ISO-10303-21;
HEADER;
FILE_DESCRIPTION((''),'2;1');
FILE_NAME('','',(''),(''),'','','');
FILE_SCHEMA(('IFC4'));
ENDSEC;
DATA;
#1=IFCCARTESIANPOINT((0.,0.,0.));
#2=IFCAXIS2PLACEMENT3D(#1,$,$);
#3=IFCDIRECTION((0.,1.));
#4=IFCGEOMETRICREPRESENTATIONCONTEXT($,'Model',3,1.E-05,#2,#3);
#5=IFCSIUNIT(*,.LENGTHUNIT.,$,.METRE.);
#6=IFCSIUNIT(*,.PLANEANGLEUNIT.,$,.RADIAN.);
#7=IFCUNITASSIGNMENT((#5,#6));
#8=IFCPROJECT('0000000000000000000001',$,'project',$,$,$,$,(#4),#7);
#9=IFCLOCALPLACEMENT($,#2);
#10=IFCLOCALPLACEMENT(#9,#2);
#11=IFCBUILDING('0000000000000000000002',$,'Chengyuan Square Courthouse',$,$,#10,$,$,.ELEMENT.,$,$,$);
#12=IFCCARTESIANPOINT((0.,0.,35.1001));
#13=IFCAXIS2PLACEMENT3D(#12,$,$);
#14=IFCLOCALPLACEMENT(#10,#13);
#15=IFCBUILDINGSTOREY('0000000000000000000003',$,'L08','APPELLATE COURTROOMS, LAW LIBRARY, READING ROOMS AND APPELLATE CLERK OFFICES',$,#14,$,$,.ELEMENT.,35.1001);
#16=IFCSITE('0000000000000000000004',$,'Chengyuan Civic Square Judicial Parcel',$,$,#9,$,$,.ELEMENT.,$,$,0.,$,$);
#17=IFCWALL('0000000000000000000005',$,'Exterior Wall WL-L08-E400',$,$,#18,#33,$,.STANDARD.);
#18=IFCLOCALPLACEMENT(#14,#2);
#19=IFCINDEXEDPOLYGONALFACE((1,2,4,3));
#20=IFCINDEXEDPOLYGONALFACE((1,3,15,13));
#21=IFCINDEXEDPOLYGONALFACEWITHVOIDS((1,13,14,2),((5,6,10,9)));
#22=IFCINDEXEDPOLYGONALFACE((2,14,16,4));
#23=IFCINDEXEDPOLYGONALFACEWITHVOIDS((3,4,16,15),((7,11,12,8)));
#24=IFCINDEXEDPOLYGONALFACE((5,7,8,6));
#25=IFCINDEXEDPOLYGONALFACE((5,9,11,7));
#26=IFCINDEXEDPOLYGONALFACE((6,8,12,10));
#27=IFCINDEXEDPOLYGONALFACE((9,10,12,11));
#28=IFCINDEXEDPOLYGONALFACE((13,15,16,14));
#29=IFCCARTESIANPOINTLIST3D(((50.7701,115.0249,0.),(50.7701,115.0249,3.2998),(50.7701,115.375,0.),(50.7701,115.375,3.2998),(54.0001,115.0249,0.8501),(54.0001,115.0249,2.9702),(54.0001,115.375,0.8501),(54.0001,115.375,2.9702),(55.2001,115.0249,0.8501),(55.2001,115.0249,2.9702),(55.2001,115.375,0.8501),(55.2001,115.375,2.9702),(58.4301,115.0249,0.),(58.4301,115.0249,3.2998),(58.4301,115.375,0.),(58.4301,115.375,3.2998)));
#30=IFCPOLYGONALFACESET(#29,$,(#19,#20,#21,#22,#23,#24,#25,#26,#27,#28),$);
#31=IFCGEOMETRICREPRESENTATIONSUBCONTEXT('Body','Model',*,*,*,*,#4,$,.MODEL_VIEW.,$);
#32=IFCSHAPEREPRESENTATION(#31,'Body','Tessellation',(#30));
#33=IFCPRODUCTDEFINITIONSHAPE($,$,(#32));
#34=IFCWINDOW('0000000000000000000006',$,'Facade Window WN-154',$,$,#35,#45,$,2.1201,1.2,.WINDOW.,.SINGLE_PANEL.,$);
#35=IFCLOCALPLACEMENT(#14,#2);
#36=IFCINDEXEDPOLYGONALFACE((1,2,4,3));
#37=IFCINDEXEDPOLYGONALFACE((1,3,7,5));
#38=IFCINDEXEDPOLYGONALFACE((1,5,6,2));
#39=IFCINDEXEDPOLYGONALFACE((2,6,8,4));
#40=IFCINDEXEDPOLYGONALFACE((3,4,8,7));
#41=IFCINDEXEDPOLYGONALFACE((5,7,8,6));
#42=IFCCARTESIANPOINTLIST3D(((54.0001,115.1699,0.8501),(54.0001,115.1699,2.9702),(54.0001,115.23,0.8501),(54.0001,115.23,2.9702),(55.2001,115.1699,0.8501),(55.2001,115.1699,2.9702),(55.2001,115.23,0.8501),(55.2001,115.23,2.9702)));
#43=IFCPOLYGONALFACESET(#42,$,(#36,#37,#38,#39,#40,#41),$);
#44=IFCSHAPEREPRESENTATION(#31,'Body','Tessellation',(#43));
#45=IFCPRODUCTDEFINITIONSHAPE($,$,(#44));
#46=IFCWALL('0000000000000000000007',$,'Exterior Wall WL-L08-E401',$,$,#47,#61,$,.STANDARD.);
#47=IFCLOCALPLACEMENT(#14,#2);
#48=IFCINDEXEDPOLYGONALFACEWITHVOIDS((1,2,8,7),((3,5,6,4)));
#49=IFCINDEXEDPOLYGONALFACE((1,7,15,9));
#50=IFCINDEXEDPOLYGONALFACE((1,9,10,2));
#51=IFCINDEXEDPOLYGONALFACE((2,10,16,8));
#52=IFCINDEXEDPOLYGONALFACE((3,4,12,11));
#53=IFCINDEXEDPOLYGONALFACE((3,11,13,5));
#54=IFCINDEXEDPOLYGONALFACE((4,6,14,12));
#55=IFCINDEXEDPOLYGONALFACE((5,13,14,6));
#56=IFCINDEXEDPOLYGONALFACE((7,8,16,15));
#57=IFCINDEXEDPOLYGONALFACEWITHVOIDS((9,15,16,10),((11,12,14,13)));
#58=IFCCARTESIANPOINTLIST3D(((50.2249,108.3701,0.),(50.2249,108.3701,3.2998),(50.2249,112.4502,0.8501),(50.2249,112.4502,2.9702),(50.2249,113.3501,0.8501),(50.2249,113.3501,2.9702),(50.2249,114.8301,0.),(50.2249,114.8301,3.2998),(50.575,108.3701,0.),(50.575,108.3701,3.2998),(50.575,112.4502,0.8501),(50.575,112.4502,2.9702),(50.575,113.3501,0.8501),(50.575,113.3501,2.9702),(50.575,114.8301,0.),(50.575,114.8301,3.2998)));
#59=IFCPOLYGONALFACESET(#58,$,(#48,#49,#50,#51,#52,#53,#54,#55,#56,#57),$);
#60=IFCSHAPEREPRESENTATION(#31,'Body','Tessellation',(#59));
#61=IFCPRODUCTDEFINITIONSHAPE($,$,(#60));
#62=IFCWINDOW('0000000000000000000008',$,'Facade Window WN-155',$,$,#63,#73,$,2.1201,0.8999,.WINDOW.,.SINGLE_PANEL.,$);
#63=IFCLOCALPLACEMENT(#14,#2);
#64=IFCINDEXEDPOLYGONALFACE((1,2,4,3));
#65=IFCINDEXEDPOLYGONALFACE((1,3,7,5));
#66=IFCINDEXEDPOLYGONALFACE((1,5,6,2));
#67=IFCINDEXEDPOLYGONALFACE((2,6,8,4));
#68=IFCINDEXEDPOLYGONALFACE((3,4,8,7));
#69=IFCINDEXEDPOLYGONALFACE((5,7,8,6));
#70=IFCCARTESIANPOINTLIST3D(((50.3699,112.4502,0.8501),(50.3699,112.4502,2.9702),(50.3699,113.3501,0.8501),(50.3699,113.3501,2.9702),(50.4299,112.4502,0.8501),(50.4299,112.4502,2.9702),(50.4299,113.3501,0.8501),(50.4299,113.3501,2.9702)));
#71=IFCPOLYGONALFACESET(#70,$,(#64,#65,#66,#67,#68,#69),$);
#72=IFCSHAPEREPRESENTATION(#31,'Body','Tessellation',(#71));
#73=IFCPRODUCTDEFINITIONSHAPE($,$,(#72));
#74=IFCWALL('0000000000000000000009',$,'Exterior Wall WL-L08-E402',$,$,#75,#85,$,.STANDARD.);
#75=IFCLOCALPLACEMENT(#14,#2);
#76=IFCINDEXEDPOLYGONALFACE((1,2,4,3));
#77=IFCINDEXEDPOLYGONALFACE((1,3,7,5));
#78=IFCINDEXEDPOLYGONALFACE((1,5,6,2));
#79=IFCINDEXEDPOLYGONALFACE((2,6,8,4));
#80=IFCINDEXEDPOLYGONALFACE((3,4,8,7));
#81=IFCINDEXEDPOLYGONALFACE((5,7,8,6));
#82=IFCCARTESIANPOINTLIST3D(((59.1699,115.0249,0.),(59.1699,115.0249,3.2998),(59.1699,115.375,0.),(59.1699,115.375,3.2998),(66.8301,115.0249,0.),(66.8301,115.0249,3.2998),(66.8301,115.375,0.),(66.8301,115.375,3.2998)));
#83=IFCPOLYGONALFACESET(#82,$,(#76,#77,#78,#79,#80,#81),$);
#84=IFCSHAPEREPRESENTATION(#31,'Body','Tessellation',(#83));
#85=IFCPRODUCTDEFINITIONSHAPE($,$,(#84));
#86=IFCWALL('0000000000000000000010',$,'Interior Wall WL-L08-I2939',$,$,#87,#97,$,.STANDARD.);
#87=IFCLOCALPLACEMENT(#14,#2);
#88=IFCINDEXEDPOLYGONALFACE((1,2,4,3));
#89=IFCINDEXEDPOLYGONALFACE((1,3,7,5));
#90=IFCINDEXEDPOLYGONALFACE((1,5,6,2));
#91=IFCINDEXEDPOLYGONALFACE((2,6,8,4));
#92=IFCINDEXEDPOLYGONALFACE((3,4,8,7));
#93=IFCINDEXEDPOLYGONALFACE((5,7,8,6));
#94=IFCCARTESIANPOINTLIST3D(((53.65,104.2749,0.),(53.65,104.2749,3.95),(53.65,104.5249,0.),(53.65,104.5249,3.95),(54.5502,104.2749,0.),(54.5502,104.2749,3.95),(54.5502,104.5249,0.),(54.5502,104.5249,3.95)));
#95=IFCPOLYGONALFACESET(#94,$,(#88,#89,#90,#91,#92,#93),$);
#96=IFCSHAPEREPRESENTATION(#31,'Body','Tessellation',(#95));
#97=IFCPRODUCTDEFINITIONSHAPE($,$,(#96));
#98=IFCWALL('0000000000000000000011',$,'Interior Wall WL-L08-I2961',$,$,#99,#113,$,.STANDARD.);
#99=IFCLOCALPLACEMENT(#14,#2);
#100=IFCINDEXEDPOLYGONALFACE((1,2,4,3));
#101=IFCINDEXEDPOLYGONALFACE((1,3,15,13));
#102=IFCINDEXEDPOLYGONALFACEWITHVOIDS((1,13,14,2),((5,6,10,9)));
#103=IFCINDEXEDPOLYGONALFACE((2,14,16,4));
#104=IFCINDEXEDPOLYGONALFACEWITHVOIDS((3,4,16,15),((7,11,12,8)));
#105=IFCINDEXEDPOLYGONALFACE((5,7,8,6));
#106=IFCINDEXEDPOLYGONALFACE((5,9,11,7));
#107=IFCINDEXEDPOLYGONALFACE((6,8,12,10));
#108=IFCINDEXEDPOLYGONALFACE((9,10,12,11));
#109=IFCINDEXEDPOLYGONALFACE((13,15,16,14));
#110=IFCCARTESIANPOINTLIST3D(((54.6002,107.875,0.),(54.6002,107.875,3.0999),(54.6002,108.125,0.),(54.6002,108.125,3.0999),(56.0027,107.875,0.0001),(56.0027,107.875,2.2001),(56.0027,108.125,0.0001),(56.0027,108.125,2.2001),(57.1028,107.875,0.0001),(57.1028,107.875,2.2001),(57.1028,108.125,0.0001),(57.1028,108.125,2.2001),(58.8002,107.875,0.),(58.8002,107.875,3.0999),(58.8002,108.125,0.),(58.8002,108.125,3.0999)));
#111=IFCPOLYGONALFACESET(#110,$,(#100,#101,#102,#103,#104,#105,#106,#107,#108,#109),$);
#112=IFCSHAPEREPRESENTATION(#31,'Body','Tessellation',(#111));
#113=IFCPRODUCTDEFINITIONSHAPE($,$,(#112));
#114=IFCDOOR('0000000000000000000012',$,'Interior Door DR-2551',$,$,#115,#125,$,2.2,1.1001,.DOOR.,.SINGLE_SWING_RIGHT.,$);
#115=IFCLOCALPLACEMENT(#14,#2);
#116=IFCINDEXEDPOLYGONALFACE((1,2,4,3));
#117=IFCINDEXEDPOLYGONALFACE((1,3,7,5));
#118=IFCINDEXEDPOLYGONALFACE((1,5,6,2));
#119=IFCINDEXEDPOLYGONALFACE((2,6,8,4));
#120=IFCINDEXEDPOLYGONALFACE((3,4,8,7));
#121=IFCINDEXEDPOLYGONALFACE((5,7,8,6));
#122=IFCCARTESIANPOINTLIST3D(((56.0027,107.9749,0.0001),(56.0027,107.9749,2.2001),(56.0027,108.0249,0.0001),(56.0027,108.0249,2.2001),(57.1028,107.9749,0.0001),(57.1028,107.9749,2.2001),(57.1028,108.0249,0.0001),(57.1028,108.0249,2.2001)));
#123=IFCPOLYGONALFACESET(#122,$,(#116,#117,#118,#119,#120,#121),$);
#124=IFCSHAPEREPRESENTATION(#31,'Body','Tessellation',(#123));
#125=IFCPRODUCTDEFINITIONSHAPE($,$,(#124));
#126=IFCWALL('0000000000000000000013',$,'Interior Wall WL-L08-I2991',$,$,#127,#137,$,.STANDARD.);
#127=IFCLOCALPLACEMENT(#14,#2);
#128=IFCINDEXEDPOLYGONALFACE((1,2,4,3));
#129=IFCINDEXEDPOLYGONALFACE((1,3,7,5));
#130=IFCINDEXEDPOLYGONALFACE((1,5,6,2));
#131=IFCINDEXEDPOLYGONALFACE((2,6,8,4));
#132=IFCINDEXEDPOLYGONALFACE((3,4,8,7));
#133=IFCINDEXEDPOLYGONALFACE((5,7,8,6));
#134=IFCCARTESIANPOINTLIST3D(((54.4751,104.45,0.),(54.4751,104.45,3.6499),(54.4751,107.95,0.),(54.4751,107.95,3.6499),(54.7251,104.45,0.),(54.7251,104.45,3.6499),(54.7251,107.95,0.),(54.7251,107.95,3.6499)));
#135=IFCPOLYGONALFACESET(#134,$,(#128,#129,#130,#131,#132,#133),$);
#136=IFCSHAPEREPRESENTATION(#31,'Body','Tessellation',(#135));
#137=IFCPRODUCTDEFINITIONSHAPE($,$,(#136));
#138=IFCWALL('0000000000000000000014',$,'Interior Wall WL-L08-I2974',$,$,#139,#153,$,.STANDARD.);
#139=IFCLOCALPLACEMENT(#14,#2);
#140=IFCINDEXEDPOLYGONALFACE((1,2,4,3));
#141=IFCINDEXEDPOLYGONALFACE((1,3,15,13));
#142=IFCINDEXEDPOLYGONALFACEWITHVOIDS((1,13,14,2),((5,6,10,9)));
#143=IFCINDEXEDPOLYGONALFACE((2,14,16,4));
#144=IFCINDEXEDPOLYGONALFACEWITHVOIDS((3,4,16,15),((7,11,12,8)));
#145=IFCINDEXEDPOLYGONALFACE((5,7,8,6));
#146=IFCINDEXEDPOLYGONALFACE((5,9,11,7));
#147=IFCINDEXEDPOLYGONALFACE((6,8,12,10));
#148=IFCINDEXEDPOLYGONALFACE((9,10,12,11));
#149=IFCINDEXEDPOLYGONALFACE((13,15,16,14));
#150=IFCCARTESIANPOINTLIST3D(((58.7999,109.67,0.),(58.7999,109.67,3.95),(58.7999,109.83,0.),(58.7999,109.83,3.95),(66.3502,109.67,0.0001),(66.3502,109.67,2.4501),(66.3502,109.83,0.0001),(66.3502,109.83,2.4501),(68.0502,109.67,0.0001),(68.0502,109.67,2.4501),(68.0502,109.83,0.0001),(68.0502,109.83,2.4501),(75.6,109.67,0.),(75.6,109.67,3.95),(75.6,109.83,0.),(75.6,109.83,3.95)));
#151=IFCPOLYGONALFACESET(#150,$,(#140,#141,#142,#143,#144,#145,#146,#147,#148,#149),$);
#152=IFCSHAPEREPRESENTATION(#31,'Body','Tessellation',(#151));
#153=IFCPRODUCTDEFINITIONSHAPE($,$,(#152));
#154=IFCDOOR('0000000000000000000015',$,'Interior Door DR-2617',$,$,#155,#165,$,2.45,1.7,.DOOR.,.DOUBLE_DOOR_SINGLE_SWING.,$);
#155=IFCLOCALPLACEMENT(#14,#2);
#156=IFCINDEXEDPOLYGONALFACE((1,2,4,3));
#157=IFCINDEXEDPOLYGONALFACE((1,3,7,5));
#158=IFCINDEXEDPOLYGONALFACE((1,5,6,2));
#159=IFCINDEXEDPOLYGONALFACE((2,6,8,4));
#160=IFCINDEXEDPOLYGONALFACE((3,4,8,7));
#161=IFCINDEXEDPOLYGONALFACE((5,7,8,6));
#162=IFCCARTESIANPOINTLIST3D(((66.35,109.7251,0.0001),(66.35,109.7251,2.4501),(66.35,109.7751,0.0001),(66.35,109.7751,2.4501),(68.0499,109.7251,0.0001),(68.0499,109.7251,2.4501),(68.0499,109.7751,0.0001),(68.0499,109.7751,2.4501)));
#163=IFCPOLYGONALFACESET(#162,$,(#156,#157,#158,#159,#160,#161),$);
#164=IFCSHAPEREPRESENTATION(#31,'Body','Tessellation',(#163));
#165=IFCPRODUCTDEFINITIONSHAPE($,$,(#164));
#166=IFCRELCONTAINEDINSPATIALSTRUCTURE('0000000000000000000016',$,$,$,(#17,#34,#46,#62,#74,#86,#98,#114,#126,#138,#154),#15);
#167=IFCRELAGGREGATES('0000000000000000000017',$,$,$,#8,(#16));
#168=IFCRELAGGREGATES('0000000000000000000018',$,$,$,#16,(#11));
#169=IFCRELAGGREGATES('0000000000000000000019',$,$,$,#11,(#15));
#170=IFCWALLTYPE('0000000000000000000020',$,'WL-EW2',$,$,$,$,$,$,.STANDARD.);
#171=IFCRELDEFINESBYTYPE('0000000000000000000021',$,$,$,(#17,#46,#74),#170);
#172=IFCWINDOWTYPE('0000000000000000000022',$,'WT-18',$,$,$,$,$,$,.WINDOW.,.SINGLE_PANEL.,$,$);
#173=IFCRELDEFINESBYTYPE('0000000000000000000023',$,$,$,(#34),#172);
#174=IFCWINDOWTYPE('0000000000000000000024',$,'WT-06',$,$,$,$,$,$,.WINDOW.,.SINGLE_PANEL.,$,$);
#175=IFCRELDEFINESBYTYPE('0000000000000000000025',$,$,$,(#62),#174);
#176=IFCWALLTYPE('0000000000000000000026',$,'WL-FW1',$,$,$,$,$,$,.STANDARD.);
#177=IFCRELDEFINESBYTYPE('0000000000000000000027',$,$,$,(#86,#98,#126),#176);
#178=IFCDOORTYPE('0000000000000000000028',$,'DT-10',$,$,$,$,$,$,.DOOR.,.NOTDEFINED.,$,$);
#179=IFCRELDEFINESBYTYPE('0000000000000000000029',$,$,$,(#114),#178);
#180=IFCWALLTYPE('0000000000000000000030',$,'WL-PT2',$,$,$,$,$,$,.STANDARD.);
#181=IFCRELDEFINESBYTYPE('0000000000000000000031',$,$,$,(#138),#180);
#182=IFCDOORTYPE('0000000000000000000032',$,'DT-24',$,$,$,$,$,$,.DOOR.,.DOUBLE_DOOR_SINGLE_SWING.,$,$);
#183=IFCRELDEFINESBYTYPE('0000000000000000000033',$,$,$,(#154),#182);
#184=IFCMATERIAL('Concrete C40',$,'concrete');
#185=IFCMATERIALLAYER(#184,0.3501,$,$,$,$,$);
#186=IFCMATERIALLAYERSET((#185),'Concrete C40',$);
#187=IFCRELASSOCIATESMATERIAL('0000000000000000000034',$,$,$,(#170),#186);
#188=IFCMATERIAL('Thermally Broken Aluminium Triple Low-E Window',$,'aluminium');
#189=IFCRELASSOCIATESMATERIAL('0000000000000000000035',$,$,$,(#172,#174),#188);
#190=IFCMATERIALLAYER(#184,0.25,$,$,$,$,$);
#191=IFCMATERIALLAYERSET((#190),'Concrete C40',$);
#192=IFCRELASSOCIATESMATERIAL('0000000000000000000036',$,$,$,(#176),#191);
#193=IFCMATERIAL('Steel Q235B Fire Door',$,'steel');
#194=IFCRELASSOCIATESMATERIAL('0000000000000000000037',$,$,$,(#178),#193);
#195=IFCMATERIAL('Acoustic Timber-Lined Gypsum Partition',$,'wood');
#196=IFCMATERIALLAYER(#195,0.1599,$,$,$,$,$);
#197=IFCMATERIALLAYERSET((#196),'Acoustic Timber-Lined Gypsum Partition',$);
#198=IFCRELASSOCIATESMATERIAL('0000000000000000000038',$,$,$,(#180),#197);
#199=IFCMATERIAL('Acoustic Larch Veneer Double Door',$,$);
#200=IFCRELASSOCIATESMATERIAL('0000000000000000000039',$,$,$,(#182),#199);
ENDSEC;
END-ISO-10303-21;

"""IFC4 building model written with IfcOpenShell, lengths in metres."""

from ifc_helpers import new_model, si_unit, direction, frame, frame_2d, origin, place, context, subcontext, project, spatial, rectangle, extrude, material, layer, layer_set, type_object, element, fill, save


model = new_model("IFC4")

# Units and contexts
model_context = context("Model", 3, precision=1e-05, world=origin(), true_north=direction((0.0, 1.0)))
body_context = subcontext(model_context, "Body", "Model", "MODEL_VIEW")
ifc_project = project(units=[si_unit("LENGTHUNIT", "METRE"), si_unit("PLANEANGLEUNIT", "RADIAN")], contexts=[model_context])

# Site, building, storey
site_placement = place(None, origin())
site = spatial("IfcSite", under=ifc_project, at=site_placement, Name="Chengyuan Civic Square Judicial Parcel", CompositionType="ELEMENT", RefElevation=0.0)
building_placement = place(site_placement, origin())
building = spatial("IfcBuilding", under=site, at=building_placement, Name="Chengyuan Square Courthouse", CompositionType="ELEMENT")
storey_placement = place(building_placement, frame((0.0, 0.0, 35.1001)))
storey = spatial("IfcBuildingStorey", under=building, at=storey_placement, Name="L08", Description="APPELLATE COURTROOMS, LAW LIBRARY, READING ROOMS AND APPELLATE CLERK OFFICES", CompositionType="ELEMENT", Elevation=35.1001)

# Shared definitions
ifc_material_1 = material(Name="Concrete C40", Category="concrete")

# Walls, openings, windows
ifc_layer_1 = layer(ifc_material_1, 0.3501)
ifc_layer_set_1 = layer_set([ifc_layer_1], Name="Concrete C40")
wall_type_1 = type_object("IfcWallType", Name="WL-EW2", PredefinedType="STANDARD", material=ifc_layer_set_1)
wall_1_placement = place(storey_placement, frame((50.77, 115.2, 0.0), z_axis=(0.0, 0.0, 1.0), x_axis=(1.0, 0.0, 0.0)))
wall_1 = element("IfcWall", 1, at=wall_1_placement, inside=storey, type_object=wall_type_1, Name="Exterior Wall WL-L08-E400", PredefinedType="STANDARD", context=body_context, shape_type="SweptSolid", body=[
    extrude(rectangle(XDim=7.6599, YDim=0.3501, at=frame_2d((3.8301, 0.0))), origin(), (0.0, 0.0, 1.0), 3.2998),
])
opening_1_placement = place(wall_1_placement, frame((3.23, 0.0, 0.8501)))
opening_1 = element("IfcOpeningElement", 2, at=opening_1_placement, cuts=wall_1, PredefinedType="OPENING", context=body_context, shape_type="SweptSolid", body=[
    extrude(rectangle(XDim=1.2, YDim=2.1201, at=frame_2d((0.6001, 1.0601))), frame((0.0, 0.187, 0.0), z_axis=(0.0, -1.0, 0.0), x_axis=(1.0, 0.0, 0.0)), (0.0, 0.0, 1.0), 0.374),
])
ifc_material_2 = material(Name="Thermally Broken Aluminium Triple Low-E Window", Category="aluminium")
window_type_1 = type_object("IfcWindowType", Name="WT-18", PartitioningType="SINGLE_PANEL", PredefinedType="WINDOW", material=ifc_material_2)
window_1_placement = place(opening_1_placement, origin())
window_1 = element("IfcWindow", 3, at=window_1_placement, inside=storey, type_object=window_type_1, Name="Facade Window WN-154", OverallHeight=2.1201, OverallWidth=1.2, PartitioningType="SINGLE_PANEL", PredefinedType="WINDOW", context=body_context, shape_type="SweptSolid", body=[
    extrude(rectangle(XDim=1.2, YDim=2.1201, at=frame_2d((0.6001, 1.0601))), frame((0.0, 0.03, 0.0), z_axis=(0.0, -1.0, 0.0), x_axis=(1.0, 0.0, 0.0)), (0.0, 0.0, 1.0), 0.0601),
])
fill(opening_1, window_1)
wall_2_placement = place(storey_placement, frame((50.3999, 108.3701, 0.0), z_axis=(0.0, 0.0, 1.0), x_axis=(0.0, 1.0, 0.0)))
wall_2 = element("IfcWall", 4, at=wall_2_placement, inside=storey, type_object=wall_type_1, Name="Exterior Wall WL-L08-E401", PredefinedType="STANDARD", context=body_context, shape_type="SweptSolid", body=[
    extrude(rectangle(XDim=6.46, YDim=0.3501, at=frame_2d((3.23, 0.0))), origin(), (0.0, 0.0, 1.0), 3.2998),
])
opening_2_placement = place(wall_2_placement, frame((4.0801, 0.0, 0.8501)))
opening_2 = element("IfcOpeningElement", 5, at=opening_2_placement, cuts=wall_2, PredefinedType="OPENING", context=body_context, shape_type="SweptSolid", body=[
    extrude(rectangle(XDim=0.8999, YDim=2.1201, at=frame_2d((0.45, 1.0601))), frame((0.0, 0.187, 0.0), z_axis=(0.0, -1.0, 0.0), x_axis=(1.0, 0.0, 0.0)), (0.0, 0.0, 1.0), 0.374),
])
window_type_2 = type_object("IfcWindowType", Name="WT-06", PartitioningType="SINGLE_PANEL", PredefinedType="WINDOW", material=ifc_material_2)
window_2_placement = place(opening_2_placement, origin())
window_2 = element("IfcWindow", 6, at=window_2_placement, inside=storey, type_object=window_type_2, Name="Facade Window WN-155", OverallHeight=2.1201, OverallWidth=0.8999, PartitioningType="SINGLE_PANEL", PredefinedType="WINDOW", context=body_context, shape_type="SweptSolid", body=[
    extrude(rectangle(XDim=0.8999, YDim=2.1201, at=frame_2d((0.45, 1.0601))), frame((0.0, 0.03, 0.0), z_axis=(0.0, -1.0, 0.0), x_axis=(1.0, 0.0, 0.0)), (0.0, 0.0, 1.0), 0.0601),
])
fill(opening_2, window_2)

# Walls
wall_3_placement = place(storey_placement, frame((59.1699, 115.2, 0.0), z_axis=(0.0, 0.0, 1.0), x_axis=(1.0, 0.0, 0.0)))
element("IfcWall", 7, at=wall_3_placement, inside=storey, type_object=wall_type_1, Name="Exterior Wall WL-L08-E402", PredefinedType="STANDARD", context=body_context, shape_type="SweptSolid", body=[
    extrude(rectangle(XDim=7.6602, YDim=0.3501, at=frame_2d((3.8301, 0.0))), origin(), (0.0, 0.0, 1.0), 3.2998),
])
ifc_layer_2 = layer(ifc_material_1, 0.25)
ifc_layer_set_2 = layer_set([ifc_layer_2], Name="Concrete C40")
wall_type_2 = type_object("IfcWallType", Name="WL-FW1", PredefinedType="STANDARD", material=ifc_layer_set_2)
wall_4_placement = place(storey_placement, frame((53.6499, 104.3999, 0.0), z_axis=(0.0, 0.0, 1.0), x_axis=(1.0, 0.0, 0.0)))
element("IfcWall", 8, at=wall_4_placement, inside=storey, type_object=wall_type_2, Name="Interior Wall WL-L08-I2939", PredefinedType="STANDARD", context=body_context, shape_type="SweptSolid", body=[
    extrude(rectangle(XDim=0.9001, YDim=0.25, at=frame_2d((0.4502, 0.0))), origin(), (0.0, 0.0, 1.0), 3.95),
])

# Wall, opening, door
wall_5_placement = place(storey_placement, frame((54.6001, 108.0, 0.0), z_axis=(0.0, 0.0, 1.0), x_axis=(1.0, 0.0, 0.0)))
wall_5 = element("IfcWall", 9, at=wall_5_placement, inside=storey, type_object=wall_type_2, Name="Interior Wall WL-L08-I2961", PredefinedType="STANDARD", context=body_context, shape_type="SweptSolid", body=[
    extrude(rectangle(XDim=4.2, YDim=0.25, at=frame_2d((2.1001, 0.0))), origin(), (0.0, 0.0, 1.0), 3.0999),
])
opening_3_placement = place(wall_5_placement, frame((1.4026, 0.0, 0.0)))
opening_3 = element("IfcOpeningElement", 10, at=opening_3_placement, cuts=wall_5, PredefinedType="OPENING", context=body_context, shape_type="SweptSolid", body=[
    extrude(rectangle(XDim=1.1001, YDim=2.2, at=frame_2d((0.55, 1.1001))), frame((0.0, 0.137, 0.0), z_axis=(0.0, -1.0, 0.0), x_axis=(1.0, 0.0, 0.0)), (0.0, 0.0, 1.0), 0.2739),
])
ifc_material_3 = material(Name="Steel Q235B Fire Door", Category="steel")
door_type_1 = type_object("IfcDoorType", Name="DT-10", OperationType="NOTDEFINED", PredefinedType="DOOR", material=ifc_material_3)
door_1_placement = place(opening_3_placement, origin())
door_1 = element("IfcDoor", 11, at=door_1_placement, inside=storey, type_object=door_type_1, Name="Interior Door DR-2551", OperationType="SINGLE_SWING_RIGHT", OverallHeight=2.2, OverallWidth=1.1001, PredefinedType="DOOR", context=body_context, shape_type="SweptSolid", body=[
    extrude(rectangle(XDim=1.1001, YDim=2.2, at=frame_2d((0.55, 1.1001))), frame((0.0, 0.0249, 0.0), z_axis=(0.0, -1.0, 0.0), x_axis=(1.0, 0.0, 0.0)), (0.0, 0.0, 1.0), 0.05),
])
fill(opening_3, door_1)

# Wall
wall_6_placement = place(storey_placement, frame((54.6001, 104.45, 0.0), z_axis=(0.0, 0.0, 1.0), x_axis=(0.0, 1.0, 0.0)))
element("IfcWall", 12, at=wall_6_placement, inside=storey, type_object=wall_type_2, Name="Interior Wall WL-L08-I2991", PredefinedType="STANDARD", context=body_context, shape_type="SweptSolid", body=[
    extrude(rectangle(XDim=3.5, YDim=0.25, at=frame_2d((1.75, 0.0))), origin(), (0.0, 0.0, 1.0), 3.6499),
])

# Wall, opening, door
ifc_material_4 = material(Name="Acoustic Timber-Lined Gypsum Partition", Category="wood")
ifc_layer_3 = layer(ifc_material_4, 0.1599)
ifc_layer_set_3 = layer_set([ifc_layer_3], Name="Acoustic Timber-Lined Gypsum Partition")
wall_type_3 = type_object("IfcWallType", Name="WL-PT2", PredefinedType="STANDARD", material=ifc_layer_set_3)
wall_7_placement = place(storey_placement, frame((58.8, 109.75, 0.0), z_axis=(0.0, 0.0, 1.0), x_axis=(1.0, 0.0, 0.0)))
wall_7 = element("IfcWall", 13, at=wall_7_placement, inside=storey, type_object=wall_type_3, Name="Interior Wall WL-L08-I2974", PredefinedType="STANDARD", context=body_context, shape_type="SweptSolid", body=[
    extrude(rectangle(XDim=16.8, YDim=0.1599, at=frame_2d((8.3999, 0.0))), origin(), (0.0, 0.0, 1.0), 3.95),
])
opening_4_placement = place(wall_7_placement, frame((7.55, 0.0, 0.0)))
opening_4 = element("IfcOpeningElement", 14, at=opening_4_placement, cuts=wall_7, PredefinedType="OPENING", context=body_context, shape_type="SweptSolid", body=[
    extrude(rectangle(XDim=1.7, YDim=2.45, at=frame_2d((0.8501, 1.2251))), frame((0.0, 0.092, 0.0), z_axis=(0.0, -1.0, 0.0), x_axis=(1.0, 0.0, 0.0)), (0.0, 0.0, 1.0), 0.1838),
])
ifc_material_5 = material(Name="Acoustic Larch Veneer Double Door")
door_type_2 = type_object("IfcDoorType", Name="DT-24", OperationType="DOUBLE_DOOR_SINGLE_SWING", PredefinedType="DOOR", material=ifc_material_5)
door_2_placement = place(opening_4_placement, frame((1.7, 0.0, 0.0), z_axis=(0.0, 0.0, 1.0), x_axis=(-1.0, 0.0, 0.0)))
door_2 = element("IfcDoor", 15, at=door_2_placement, inside=storey, type_object=door_type_2, Name="Interior Door DR-2617", OperationType="DOUBLE_DOOR_SINGLE_SWING", OverallHeight=2.45, OverallWidth=1.7, PredefinedType="DOOR", context=body_context, shape_type="SweptSolid", body=[
    extrude(rectangle(XDim=1.7, YDim=2.45, at=frame_2d((0.8501, 1.2251))), frame((0.0, 0.0249, 0.0), z_axis=(0.0, -1.0, 0.0), x_axis=(1.0, 0.0, 0.0)), (0.0, 0.0, 1.0), 0.05),
])
fill(opening_4, door_2)

save(model, "model.ifc")
